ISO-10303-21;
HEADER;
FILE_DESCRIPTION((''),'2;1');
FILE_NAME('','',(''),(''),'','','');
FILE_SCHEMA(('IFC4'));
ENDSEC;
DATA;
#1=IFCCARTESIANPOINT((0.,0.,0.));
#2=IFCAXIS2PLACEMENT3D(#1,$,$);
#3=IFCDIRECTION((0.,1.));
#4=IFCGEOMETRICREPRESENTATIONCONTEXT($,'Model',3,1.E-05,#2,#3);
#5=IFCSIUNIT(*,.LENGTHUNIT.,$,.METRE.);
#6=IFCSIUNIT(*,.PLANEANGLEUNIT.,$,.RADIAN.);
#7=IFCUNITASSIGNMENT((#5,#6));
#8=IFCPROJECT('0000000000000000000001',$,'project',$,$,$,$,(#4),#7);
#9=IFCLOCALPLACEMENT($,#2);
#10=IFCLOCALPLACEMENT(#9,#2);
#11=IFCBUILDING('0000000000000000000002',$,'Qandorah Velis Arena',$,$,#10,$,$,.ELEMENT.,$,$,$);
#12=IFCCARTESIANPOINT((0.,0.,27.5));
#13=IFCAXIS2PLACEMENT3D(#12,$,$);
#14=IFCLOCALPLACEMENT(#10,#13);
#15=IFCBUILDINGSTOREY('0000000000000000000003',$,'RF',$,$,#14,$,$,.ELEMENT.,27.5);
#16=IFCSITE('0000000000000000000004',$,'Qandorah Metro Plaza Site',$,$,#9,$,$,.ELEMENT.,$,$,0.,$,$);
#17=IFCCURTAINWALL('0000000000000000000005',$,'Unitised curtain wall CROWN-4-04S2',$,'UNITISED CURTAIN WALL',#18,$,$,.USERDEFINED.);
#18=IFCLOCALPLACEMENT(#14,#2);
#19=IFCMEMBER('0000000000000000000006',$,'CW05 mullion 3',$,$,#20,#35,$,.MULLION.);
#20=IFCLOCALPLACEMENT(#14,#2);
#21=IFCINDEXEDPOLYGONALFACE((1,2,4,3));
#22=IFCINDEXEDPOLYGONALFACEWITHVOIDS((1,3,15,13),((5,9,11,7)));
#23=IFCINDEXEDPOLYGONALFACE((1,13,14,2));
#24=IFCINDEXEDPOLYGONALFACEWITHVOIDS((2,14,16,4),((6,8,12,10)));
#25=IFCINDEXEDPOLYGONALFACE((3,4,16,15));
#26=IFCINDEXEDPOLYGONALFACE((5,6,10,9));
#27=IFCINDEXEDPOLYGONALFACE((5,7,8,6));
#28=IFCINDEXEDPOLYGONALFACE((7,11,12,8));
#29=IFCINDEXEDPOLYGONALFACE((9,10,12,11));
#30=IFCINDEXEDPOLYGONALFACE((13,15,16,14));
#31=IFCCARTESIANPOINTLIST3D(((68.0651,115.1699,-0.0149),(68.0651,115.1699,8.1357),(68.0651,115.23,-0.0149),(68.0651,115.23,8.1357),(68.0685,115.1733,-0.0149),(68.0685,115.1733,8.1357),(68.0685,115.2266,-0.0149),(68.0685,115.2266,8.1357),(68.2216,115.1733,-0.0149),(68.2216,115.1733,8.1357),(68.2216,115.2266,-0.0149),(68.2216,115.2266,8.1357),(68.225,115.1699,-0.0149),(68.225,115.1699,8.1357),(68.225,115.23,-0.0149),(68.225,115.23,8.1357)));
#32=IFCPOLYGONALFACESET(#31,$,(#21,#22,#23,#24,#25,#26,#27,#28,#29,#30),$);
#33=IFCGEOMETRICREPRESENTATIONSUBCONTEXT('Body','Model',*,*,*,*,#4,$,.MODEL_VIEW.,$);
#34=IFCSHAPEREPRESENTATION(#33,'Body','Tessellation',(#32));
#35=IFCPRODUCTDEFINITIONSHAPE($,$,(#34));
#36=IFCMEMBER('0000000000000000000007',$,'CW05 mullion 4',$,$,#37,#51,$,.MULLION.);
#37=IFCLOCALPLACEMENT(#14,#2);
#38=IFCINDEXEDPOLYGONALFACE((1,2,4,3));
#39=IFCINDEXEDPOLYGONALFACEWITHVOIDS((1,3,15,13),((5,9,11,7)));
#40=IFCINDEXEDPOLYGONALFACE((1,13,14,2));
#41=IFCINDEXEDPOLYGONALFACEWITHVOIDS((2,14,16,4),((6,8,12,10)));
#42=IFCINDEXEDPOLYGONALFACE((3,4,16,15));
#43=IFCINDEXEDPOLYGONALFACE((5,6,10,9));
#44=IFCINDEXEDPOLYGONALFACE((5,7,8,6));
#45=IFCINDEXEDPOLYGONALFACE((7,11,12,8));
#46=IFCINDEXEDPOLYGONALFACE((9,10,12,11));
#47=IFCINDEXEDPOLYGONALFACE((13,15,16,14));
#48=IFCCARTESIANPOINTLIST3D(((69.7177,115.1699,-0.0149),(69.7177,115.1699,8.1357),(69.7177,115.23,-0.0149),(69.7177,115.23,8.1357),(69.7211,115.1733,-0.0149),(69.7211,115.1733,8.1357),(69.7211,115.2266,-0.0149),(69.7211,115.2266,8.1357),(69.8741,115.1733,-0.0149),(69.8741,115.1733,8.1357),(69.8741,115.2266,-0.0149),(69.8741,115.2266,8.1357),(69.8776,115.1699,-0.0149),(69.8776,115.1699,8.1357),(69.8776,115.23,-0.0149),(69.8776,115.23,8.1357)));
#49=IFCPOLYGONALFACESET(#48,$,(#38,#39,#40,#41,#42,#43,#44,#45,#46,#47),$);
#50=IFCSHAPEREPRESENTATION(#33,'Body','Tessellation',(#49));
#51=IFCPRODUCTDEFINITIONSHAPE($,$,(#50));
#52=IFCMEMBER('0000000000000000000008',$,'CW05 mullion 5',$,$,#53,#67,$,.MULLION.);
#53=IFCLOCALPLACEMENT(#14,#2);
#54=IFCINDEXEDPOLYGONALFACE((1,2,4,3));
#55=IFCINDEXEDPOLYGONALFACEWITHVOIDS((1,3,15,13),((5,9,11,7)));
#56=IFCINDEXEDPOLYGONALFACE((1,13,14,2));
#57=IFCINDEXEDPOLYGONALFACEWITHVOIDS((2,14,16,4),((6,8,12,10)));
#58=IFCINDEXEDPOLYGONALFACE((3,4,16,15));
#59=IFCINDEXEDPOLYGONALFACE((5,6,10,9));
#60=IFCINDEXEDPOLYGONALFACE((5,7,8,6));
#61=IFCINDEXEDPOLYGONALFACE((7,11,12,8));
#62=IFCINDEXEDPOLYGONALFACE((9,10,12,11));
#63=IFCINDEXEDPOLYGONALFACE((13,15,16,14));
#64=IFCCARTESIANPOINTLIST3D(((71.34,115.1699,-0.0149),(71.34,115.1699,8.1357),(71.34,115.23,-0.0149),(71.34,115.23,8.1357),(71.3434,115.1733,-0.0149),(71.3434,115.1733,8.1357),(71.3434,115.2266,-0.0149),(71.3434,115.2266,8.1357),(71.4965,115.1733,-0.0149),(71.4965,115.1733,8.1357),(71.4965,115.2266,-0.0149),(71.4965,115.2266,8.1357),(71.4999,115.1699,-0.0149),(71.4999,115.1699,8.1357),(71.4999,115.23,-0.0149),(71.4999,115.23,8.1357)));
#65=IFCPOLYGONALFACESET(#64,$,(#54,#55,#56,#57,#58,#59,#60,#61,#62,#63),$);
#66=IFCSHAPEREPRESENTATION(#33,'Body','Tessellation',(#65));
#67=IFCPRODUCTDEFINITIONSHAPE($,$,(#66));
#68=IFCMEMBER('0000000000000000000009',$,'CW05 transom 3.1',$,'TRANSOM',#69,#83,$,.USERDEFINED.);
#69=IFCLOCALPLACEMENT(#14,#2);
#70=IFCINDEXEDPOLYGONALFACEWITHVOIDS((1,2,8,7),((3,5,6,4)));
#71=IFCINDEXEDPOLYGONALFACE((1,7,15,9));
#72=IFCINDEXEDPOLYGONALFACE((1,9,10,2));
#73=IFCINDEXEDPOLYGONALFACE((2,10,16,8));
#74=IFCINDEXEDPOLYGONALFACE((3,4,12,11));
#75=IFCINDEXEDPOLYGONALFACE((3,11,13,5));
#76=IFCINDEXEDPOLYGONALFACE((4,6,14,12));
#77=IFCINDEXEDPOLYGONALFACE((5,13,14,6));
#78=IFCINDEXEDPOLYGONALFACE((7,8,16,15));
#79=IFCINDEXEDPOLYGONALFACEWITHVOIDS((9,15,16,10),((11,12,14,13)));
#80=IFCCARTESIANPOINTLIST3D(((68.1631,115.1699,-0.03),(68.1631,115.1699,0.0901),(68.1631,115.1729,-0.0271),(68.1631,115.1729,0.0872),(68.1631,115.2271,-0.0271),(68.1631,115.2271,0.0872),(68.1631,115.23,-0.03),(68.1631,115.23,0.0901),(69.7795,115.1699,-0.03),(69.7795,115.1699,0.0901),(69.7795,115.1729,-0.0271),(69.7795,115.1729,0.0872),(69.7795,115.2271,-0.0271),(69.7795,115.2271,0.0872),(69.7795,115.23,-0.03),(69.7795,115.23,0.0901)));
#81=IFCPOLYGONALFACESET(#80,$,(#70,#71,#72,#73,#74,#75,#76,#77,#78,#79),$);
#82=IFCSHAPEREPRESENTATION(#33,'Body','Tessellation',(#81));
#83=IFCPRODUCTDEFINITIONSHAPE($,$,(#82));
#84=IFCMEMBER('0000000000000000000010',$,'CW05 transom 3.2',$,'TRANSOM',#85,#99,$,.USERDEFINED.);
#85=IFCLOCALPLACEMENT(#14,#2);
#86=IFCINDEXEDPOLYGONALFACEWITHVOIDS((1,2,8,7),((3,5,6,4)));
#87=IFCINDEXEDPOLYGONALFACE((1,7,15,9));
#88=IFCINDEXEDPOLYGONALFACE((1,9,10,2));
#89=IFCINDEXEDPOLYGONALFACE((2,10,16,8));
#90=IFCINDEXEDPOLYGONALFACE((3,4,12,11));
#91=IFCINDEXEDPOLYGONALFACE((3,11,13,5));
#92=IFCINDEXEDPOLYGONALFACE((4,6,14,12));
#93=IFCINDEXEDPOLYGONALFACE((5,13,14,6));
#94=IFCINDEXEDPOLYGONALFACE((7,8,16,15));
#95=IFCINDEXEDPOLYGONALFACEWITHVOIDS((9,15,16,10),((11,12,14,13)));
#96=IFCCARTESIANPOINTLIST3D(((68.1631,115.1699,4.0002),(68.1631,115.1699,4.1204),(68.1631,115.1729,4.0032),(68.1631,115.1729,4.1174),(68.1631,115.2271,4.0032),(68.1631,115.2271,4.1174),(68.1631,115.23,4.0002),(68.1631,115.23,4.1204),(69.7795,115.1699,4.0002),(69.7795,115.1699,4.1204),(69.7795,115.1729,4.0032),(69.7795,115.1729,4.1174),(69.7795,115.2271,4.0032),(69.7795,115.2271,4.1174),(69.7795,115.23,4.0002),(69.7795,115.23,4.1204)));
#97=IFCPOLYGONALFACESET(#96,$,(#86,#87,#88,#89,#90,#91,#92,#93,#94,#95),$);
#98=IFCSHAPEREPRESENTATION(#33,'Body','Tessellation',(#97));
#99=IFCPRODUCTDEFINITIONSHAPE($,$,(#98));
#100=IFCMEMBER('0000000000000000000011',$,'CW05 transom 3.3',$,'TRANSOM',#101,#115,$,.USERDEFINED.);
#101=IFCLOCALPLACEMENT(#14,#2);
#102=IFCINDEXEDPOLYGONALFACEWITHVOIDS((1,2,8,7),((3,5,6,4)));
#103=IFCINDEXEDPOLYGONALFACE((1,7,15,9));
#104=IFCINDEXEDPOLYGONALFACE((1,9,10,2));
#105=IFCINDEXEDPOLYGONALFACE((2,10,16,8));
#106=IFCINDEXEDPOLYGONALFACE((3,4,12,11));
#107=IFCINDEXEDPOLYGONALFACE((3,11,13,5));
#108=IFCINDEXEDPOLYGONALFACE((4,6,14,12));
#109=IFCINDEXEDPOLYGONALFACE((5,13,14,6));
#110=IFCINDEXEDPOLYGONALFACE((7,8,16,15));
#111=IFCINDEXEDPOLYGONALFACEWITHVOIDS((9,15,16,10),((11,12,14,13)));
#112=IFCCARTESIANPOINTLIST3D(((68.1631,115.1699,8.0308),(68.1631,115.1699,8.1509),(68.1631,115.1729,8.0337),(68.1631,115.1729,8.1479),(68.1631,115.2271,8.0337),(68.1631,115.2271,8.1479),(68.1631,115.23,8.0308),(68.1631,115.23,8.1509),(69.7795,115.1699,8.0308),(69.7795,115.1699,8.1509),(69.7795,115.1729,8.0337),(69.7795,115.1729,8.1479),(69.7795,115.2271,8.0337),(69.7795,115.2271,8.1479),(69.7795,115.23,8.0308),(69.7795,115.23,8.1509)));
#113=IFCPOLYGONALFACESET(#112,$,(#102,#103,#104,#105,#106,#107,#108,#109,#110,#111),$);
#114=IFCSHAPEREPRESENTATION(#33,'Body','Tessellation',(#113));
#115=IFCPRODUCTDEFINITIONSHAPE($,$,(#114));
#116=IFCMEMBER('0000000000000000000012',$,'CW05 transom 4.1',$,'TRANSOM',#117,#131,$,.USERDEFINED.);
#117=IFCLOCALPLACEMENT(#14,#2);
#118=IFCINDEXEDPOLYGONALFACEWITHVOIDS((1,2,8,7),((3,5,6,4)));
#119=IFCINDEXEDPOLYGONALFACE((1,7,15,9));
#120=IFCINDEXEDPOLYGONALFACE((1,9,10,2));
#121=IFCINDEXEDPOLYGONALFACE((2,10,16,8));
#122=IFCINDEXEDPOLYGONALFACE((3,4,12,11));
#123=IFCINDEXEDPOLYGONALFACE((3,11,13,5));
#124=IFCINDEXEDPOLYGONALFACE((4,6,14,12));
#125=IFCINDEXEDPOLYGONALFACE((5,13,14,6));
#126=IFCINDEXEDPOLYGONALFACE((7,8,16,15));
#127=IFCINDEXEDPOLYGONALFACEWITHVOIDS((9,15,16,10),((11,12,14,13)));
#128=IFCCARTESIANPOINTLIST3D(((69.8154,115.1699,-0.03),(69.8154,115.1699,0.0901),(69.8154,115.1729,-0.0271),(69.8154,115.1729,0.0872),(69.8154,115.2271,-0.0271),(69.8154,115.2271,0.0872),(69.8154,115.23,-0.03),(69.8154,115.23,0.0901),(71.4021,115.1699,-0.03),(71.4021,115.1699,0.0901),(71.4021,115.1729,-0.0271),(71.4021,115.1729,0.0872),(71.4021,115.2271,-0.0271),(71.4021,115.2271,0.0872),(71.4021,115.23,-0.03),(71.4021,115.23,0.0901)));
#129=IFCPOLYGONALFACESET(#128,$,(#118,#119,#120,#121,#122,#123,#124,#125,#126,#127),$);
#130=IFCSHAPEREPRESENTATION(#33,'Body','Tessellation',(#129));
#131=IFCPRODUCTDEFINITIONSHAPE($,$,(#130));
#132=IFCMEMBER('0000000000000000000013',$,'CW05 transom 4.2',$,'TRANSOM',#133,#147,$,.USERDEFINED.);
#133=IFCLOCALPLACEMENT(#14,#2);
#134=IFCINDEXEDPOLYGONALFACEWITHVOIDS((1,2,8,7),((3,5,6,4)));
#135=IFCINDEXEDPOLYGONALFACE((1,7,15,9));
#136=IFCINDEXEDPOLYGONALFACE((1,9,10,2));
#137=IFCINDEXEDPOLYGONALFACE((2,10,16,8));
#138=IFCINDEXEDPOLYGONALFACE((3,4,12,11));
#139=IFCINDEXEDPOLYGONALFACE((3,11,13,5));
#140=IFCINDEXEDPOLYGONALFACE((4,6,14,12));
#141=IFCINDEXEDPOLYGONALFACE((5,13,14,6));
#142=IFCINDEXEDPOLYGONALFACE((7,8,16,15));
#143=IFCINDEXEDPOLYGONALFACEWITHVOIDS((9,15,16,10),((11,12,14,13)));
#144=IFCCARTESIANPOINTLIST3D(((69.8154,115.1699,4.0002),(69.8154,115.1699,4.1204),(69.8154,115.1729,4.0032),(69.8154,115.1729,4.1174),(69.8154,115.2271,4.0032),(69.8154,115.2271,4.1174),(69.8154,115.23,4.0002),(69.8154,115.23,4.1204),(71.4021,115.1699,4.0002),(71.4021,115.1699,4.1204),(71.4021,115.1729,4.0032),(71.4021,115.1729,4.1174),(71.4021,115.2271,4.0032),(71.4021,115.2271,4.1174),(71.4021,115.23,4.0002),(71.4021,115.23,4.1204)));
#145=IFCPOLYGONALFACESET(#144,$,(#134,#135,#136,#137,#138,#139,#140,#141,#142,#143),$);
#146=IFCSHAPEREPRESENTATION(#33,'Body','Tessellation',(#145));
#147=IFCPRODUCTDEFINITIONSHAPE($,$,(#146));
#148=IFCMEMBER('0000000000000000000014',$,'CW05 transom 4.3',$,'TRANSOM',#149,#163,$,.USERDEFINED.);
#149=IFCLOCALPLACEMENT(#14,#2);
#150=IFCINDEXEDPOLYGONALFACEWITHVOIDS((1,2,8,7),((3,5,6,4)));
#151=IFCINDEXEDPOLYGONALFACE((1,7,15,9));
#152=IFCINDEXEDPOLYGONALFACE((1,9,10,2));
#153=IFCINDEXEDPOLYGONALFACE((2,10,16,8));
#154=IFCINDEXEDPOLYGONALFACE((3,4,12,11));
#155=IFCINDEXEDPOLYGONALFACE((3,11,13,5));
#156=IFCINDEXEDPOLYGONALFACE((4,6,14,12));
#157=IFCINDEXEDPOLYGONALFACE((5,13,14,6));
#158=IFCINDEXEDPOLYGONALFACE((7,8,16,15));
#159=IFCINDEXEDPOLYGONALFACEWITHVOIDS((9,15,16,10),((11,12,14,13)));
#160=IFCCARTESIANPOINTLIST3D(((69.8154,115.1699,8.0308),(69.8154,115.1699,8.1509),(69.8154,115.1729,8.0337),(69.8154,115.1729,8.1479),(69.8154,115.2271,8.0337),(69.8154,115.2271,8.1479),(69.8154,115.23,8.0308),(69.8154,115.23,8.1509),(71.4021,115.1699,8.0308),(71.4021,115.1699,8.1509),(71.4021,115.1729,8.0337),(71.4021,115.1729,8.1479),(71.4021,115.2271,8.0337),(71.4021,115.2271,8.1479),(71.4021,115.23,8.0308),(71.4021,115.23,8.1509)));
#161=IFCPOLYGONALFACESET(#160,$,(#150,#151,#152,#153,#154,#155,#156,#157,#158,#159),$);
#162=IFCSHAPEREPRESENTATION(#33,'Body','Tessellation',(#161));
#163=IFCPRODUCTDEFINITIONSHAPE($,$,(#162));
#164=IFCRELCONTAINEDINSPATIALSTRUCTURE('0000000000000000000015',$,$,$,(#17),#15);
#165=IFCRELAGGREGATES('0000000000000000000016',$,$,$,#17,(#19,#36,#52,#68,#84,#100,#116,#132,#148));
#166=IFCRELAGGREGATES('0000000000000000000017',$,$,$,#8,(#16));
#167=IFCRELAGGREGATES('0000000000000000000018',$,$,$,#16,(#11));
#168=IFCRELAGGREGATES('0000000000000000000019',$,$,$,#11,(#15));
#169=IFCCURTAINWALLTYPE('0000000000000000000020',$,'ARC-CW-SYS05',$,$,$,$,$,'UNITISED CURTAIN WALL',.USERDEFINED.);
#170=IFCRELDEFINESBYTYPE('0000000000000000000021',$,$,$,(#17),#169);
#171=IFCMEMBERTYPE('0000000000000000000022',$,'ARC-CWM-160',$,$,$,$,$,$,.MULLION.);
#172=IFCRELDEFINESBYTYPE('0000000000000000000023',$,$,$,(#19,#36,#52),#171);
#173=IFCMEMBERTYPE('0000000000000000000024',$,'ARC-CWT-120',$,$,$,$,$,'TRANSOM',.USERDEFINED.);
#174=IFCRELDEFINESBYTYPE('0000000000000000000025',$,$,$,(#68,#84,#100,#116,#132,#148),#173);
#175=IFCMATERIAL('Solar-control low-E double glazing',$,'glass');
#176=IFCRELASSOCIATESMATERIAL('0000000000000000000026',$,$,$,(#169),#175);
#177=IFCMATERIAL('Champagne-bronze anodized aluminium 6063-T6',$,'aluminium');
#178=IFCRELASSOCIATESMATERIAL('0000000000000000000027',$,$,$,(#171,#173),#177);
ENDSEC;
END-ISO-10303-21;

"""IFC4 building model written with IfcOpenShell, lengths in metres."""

from ifc_helpers import new_model, si_unit, direction, frame, origin, origin_2d, place, context, subcontext, project, spatial, hollow_rectangle, extrude, material, material_profile, profile_set, type_object, element, aggregate, save


model = new_model("IFC4")

# Units and contexts
model_context = context("Model", 3, precision=1e-05, world=origin(), true_north=direction((0.0, 1.0)))
body_context = subcontext(model_context, "Body", "Model", "MODEL_VIEW")
ifc_project = project(units=[si_unit("LENGTHUNIT", "METRE"), si_unit("PLANEANGLEUNIT", "RADIAN")], contexts=[model_context])

# Site, building, storey
site_placement = place(None, origin())
site = spatial("IfcSite", under=ifc_project, at=site_placement, Name="Qandorah Metro Plaza Site", CompositionType="ELEMENT", RefElevation=0.0)
building_placement = place(site_placement, origin())
building = spatial("IfcBuilding", under=site, at=building_placement, Name="Qandorah Velis Arena", CompositionType="ELEMENT")
storey_placement = place(building_placement, frame((0.0, 0.0, 27.5)))
storey = spatial("IfcBuildingStorey", under=building, at=storey_placement, Name="RF", CompositionType="ELEMENT", Elevation=27.5)

# Curtain wall, members
ifc_material_1 = material(Name="Solar-control low-E double glazing", Category="glass")
curtain_wall_type = type_object("IfcCurtainWallType", Name="ARC-CW-SYS05", ElementType="UNITISED CURTAIN WALL", PredefinedType="USERDEFINED", material=ifc_material_1)
curtain_wall_placement = place(storey_placement, origin())
curtain_wall = element("IfcCurtainWall", 1, at=curtain_wall_placement, inside=storey, type_object=curtain_wall_type, Name="Unitised curtain wall CROWN-4-04S2", ObjectType="UNITISED CURTAIN WALL", PredefinedType="USERDEFINED")
ifc_material_2 = material(Name="Champagne-bronze anodized aluminium 6063-T6", Category="aluminium")
ifc_material_profile_1 = material_profile(ifc_material_2, hollow_rectangle(XDim=0.0601, YDim=0.1599, WallThickness=0.0034, at=origin_2d()), Name="ALU MULLION 60x160")
ifc_profile_set_1 = profile_set([ifc_material_profile_1], Name="Champagne-bronze anodized aluminium 6063-T6")
member_type_1 = type_object("IfcMemberType", Name="ARC-CWM-160", PredefinedType="MULLION", material=ifc_profile_set_1)
member_1_placement = place(storey_placement, frame((68.145, 115.2, -0.0149), z_axis=(0.0, 0.0, 1.0), x_axis=(0.0, 1.0, 0.0)))
member_1 = element("IfcMember", 2, at=member_1_placement, type_object=member_type_1, Name="CW05 mullion 3", PredefinedType="MULLION", context=body_context, shape_type="SweptSolid", body=[
    extrude(hollow_rectangle(XDim=0.0601, YDim=0.1599, WallThickness=0.0034, at=origin_2d()), origin(), (0.0, 0.0, 1.0), 8.1506),
])
member_2_placement = place(storey_placement, frame((69.7976, 115.2, -0.0149), z_axis=(0.0, 0.0, 1.0), x_axis=(0.0, 1.0, 0.0)))
member_2 = element("IfcMember", 3, at=member_2_placement, type_object=member_type_1, Name="CW05 mullion 4", PredefinedType="MULLION", context=body_context, shape_type="SweptSolid", body=[
    extrude(hollow_rectangle(XDim=0.0601, YDim=0.1599, WallThickness=0.0034, at=origin_2d()), origin(), (0.0, 0.0, 1.0), 8.1506),
])
member_3_placement = place(storey_placement, frame((71.4199, 115.2, -0.0149), z_axis=(0.0, 0.0, 1.0), x_axis=(0.0, 1.0, 0.0)))
member_3 = element("IfcMember", 4, at=member_3_placement, type_object=member_type_1, Name="CW05 mullion 5", PredefinedType="MULLION", context=body_context, shape_type="SweptSolid", body=[
    extrude(hollow_rectangle(XDim=0.0601, YDim=0.1599, WallThickness=0.0034, at=origin_2d()), origin(), (0.0, 0.0, 1.0), 8.1506),
])
ifc_material_profile_2 = material_profile(ifc_material_2, hollow_rectangle(XDim=0.0601, YDim=0.1201, WallThickness=0.0029, at=origin_2d()), Name="ALU TRANSOM 60x120")
ifc_profile_set_2 = profile_set([ifc_material_profile_2], Name="Champagne-bronze anodized aluminium 6063-T6")
member_type_2 = type_object("IfcMemberType", Name="ARC-CWT-120", ElementType="TRANSOM", PredefinedType="USERDEFINED", material=ifc_profile_set_2)
member_4_placement = place(storey_placement, frame((68.1631, 115.2, 0.03), z_axis=(1.0, 0.0, 0.0), x_axis=(0.0, 1.0, 0.0)))
member_4 = element("IfcMember", 5, at=member_4_placement, type_object=member_type_2, Name="CW05 transom 3.1", ObjectType="TRANSOM", PredefinedType="USERDEFINED", context=body_context, shape_type="SweptSolid", body=[
    extrude(hollow_rectangle(XDim=0.0601, YDim=0.1201, WallThickness=0.0029, at=origin_2d()), origin(), (0.0, 0.0, 1.0), 1.6165),
])
member_5_placement = place(storey_placement, frame((68.1631, 115.2, 4.0603), z_axis=(1.0, 0.0, 0.0), x_axis=(0.0, 1.0, 0.0)))
member_5 = element("IfcMember", 6, at=member_5_placement, type_object=member_type_2, Name="CW05 transom 3.2", ObjectType="TRANSOM", PredefinedType="USERDEFINED", context=body_context, shape_type="SweptSolid", body=[
    extrude(hollow_rectangle(XDim=0.0601, YDim=0.1201, WallThickness=0.0029, at=origin_2d()), origin(), (0.0, 0.0, 1.0), 1.6165),
])
member_6_placement = place(storey_placement, frame((68.1631, 115.2, 8.0908), z_axis=(1.0, 0.0, 0.0), x_axis=(0.0, 1.0, 0.0)))
member_6 = element("IfcMember", 7, at=member_6_placement, type_object=member_type_2, Name="CW05 transom 3.3", ObjectType="TRANSOM", PredefinedType="USERDEFINED", context=body_context, shape_type="SweptSolid", body=[
    extrude(hollow_rectangle(XDim=0.0601, YDim=0.1201, WallThickness=0.0029, at=origin_2d()), origin(), (0.0, 0.0, 1.0), 1.6165),
])
member_7_placement = place(storey_placement, frame((69.8154, 115.2, 0.03), z_axis=(1.0, 0.0, 0.0), x_axis=(0.0, 1.0, 0.0)))
member_7 = element("IfcMember", 8, at=member_7_placement, type_object=member_type_2, Name="CW05 transom 4.1", ObjectType="TRANSOM", PredefinedType="USERDEFINED", context=body_context, shape_type="SweptSolid", body=[
    extrude(hollow_rectangle(XDim=0.0601, YDim=0.1201, WallThickness=0.0029, at=origin_2d()), origin(), (0.0, 0.0, 1.0), 1.5867),
])
member_8_placement = place(storey_placement, frame((69.8154, 115.2, 4.0603), z_axis=(1.0, 0.0, 0.0), x_axis=(0.0, 1.0, 0.0)))
member_8 = element("IfcMember", 9, at=member_8_placement, type_object=member_type_2, Name="CW05 transom 4.2", ObjectType="TRANSOM", PredefinedType="USERDEFINED", context=body_context, shape_type="SweptSolid", body=[
    extrude(hollow_rectangle(XDim=0.0601, YDim=0.1201, WallThickness=0.0029, at=origin_2d()), origin(), (0.0, 0.0, 1.0), 1.5867),
])
member_9_placement = place(storey_placement, frame((69.8154, 115.2, 8.0908), z_axis=(1.0, 0.0, 0.0), x_axis=(0.0, 1.0, 0.0)))
member_9 = element("IfcMember", 10, at=member_9_placement, type_object=member_type_2, Name="CW05 transom 4.3", ObjectType="TRANSOM", PredefinedType="USERDEFINED", context=body_context, shape_type="SweptSolid", body=[
    extrude(hollow_rectangle(XDim=0.0601, YDim=0.1201, WallThickness=0.0029, at=origin_2d()), origin(), (0.0, 0.0, 1.0), 1.5867),
])

aggregate(curtain_wall, [member_1, member_2, member_3, member_4, member_5, member_6, member_7, member_8, member_9])

save(model, "model.ifc")
